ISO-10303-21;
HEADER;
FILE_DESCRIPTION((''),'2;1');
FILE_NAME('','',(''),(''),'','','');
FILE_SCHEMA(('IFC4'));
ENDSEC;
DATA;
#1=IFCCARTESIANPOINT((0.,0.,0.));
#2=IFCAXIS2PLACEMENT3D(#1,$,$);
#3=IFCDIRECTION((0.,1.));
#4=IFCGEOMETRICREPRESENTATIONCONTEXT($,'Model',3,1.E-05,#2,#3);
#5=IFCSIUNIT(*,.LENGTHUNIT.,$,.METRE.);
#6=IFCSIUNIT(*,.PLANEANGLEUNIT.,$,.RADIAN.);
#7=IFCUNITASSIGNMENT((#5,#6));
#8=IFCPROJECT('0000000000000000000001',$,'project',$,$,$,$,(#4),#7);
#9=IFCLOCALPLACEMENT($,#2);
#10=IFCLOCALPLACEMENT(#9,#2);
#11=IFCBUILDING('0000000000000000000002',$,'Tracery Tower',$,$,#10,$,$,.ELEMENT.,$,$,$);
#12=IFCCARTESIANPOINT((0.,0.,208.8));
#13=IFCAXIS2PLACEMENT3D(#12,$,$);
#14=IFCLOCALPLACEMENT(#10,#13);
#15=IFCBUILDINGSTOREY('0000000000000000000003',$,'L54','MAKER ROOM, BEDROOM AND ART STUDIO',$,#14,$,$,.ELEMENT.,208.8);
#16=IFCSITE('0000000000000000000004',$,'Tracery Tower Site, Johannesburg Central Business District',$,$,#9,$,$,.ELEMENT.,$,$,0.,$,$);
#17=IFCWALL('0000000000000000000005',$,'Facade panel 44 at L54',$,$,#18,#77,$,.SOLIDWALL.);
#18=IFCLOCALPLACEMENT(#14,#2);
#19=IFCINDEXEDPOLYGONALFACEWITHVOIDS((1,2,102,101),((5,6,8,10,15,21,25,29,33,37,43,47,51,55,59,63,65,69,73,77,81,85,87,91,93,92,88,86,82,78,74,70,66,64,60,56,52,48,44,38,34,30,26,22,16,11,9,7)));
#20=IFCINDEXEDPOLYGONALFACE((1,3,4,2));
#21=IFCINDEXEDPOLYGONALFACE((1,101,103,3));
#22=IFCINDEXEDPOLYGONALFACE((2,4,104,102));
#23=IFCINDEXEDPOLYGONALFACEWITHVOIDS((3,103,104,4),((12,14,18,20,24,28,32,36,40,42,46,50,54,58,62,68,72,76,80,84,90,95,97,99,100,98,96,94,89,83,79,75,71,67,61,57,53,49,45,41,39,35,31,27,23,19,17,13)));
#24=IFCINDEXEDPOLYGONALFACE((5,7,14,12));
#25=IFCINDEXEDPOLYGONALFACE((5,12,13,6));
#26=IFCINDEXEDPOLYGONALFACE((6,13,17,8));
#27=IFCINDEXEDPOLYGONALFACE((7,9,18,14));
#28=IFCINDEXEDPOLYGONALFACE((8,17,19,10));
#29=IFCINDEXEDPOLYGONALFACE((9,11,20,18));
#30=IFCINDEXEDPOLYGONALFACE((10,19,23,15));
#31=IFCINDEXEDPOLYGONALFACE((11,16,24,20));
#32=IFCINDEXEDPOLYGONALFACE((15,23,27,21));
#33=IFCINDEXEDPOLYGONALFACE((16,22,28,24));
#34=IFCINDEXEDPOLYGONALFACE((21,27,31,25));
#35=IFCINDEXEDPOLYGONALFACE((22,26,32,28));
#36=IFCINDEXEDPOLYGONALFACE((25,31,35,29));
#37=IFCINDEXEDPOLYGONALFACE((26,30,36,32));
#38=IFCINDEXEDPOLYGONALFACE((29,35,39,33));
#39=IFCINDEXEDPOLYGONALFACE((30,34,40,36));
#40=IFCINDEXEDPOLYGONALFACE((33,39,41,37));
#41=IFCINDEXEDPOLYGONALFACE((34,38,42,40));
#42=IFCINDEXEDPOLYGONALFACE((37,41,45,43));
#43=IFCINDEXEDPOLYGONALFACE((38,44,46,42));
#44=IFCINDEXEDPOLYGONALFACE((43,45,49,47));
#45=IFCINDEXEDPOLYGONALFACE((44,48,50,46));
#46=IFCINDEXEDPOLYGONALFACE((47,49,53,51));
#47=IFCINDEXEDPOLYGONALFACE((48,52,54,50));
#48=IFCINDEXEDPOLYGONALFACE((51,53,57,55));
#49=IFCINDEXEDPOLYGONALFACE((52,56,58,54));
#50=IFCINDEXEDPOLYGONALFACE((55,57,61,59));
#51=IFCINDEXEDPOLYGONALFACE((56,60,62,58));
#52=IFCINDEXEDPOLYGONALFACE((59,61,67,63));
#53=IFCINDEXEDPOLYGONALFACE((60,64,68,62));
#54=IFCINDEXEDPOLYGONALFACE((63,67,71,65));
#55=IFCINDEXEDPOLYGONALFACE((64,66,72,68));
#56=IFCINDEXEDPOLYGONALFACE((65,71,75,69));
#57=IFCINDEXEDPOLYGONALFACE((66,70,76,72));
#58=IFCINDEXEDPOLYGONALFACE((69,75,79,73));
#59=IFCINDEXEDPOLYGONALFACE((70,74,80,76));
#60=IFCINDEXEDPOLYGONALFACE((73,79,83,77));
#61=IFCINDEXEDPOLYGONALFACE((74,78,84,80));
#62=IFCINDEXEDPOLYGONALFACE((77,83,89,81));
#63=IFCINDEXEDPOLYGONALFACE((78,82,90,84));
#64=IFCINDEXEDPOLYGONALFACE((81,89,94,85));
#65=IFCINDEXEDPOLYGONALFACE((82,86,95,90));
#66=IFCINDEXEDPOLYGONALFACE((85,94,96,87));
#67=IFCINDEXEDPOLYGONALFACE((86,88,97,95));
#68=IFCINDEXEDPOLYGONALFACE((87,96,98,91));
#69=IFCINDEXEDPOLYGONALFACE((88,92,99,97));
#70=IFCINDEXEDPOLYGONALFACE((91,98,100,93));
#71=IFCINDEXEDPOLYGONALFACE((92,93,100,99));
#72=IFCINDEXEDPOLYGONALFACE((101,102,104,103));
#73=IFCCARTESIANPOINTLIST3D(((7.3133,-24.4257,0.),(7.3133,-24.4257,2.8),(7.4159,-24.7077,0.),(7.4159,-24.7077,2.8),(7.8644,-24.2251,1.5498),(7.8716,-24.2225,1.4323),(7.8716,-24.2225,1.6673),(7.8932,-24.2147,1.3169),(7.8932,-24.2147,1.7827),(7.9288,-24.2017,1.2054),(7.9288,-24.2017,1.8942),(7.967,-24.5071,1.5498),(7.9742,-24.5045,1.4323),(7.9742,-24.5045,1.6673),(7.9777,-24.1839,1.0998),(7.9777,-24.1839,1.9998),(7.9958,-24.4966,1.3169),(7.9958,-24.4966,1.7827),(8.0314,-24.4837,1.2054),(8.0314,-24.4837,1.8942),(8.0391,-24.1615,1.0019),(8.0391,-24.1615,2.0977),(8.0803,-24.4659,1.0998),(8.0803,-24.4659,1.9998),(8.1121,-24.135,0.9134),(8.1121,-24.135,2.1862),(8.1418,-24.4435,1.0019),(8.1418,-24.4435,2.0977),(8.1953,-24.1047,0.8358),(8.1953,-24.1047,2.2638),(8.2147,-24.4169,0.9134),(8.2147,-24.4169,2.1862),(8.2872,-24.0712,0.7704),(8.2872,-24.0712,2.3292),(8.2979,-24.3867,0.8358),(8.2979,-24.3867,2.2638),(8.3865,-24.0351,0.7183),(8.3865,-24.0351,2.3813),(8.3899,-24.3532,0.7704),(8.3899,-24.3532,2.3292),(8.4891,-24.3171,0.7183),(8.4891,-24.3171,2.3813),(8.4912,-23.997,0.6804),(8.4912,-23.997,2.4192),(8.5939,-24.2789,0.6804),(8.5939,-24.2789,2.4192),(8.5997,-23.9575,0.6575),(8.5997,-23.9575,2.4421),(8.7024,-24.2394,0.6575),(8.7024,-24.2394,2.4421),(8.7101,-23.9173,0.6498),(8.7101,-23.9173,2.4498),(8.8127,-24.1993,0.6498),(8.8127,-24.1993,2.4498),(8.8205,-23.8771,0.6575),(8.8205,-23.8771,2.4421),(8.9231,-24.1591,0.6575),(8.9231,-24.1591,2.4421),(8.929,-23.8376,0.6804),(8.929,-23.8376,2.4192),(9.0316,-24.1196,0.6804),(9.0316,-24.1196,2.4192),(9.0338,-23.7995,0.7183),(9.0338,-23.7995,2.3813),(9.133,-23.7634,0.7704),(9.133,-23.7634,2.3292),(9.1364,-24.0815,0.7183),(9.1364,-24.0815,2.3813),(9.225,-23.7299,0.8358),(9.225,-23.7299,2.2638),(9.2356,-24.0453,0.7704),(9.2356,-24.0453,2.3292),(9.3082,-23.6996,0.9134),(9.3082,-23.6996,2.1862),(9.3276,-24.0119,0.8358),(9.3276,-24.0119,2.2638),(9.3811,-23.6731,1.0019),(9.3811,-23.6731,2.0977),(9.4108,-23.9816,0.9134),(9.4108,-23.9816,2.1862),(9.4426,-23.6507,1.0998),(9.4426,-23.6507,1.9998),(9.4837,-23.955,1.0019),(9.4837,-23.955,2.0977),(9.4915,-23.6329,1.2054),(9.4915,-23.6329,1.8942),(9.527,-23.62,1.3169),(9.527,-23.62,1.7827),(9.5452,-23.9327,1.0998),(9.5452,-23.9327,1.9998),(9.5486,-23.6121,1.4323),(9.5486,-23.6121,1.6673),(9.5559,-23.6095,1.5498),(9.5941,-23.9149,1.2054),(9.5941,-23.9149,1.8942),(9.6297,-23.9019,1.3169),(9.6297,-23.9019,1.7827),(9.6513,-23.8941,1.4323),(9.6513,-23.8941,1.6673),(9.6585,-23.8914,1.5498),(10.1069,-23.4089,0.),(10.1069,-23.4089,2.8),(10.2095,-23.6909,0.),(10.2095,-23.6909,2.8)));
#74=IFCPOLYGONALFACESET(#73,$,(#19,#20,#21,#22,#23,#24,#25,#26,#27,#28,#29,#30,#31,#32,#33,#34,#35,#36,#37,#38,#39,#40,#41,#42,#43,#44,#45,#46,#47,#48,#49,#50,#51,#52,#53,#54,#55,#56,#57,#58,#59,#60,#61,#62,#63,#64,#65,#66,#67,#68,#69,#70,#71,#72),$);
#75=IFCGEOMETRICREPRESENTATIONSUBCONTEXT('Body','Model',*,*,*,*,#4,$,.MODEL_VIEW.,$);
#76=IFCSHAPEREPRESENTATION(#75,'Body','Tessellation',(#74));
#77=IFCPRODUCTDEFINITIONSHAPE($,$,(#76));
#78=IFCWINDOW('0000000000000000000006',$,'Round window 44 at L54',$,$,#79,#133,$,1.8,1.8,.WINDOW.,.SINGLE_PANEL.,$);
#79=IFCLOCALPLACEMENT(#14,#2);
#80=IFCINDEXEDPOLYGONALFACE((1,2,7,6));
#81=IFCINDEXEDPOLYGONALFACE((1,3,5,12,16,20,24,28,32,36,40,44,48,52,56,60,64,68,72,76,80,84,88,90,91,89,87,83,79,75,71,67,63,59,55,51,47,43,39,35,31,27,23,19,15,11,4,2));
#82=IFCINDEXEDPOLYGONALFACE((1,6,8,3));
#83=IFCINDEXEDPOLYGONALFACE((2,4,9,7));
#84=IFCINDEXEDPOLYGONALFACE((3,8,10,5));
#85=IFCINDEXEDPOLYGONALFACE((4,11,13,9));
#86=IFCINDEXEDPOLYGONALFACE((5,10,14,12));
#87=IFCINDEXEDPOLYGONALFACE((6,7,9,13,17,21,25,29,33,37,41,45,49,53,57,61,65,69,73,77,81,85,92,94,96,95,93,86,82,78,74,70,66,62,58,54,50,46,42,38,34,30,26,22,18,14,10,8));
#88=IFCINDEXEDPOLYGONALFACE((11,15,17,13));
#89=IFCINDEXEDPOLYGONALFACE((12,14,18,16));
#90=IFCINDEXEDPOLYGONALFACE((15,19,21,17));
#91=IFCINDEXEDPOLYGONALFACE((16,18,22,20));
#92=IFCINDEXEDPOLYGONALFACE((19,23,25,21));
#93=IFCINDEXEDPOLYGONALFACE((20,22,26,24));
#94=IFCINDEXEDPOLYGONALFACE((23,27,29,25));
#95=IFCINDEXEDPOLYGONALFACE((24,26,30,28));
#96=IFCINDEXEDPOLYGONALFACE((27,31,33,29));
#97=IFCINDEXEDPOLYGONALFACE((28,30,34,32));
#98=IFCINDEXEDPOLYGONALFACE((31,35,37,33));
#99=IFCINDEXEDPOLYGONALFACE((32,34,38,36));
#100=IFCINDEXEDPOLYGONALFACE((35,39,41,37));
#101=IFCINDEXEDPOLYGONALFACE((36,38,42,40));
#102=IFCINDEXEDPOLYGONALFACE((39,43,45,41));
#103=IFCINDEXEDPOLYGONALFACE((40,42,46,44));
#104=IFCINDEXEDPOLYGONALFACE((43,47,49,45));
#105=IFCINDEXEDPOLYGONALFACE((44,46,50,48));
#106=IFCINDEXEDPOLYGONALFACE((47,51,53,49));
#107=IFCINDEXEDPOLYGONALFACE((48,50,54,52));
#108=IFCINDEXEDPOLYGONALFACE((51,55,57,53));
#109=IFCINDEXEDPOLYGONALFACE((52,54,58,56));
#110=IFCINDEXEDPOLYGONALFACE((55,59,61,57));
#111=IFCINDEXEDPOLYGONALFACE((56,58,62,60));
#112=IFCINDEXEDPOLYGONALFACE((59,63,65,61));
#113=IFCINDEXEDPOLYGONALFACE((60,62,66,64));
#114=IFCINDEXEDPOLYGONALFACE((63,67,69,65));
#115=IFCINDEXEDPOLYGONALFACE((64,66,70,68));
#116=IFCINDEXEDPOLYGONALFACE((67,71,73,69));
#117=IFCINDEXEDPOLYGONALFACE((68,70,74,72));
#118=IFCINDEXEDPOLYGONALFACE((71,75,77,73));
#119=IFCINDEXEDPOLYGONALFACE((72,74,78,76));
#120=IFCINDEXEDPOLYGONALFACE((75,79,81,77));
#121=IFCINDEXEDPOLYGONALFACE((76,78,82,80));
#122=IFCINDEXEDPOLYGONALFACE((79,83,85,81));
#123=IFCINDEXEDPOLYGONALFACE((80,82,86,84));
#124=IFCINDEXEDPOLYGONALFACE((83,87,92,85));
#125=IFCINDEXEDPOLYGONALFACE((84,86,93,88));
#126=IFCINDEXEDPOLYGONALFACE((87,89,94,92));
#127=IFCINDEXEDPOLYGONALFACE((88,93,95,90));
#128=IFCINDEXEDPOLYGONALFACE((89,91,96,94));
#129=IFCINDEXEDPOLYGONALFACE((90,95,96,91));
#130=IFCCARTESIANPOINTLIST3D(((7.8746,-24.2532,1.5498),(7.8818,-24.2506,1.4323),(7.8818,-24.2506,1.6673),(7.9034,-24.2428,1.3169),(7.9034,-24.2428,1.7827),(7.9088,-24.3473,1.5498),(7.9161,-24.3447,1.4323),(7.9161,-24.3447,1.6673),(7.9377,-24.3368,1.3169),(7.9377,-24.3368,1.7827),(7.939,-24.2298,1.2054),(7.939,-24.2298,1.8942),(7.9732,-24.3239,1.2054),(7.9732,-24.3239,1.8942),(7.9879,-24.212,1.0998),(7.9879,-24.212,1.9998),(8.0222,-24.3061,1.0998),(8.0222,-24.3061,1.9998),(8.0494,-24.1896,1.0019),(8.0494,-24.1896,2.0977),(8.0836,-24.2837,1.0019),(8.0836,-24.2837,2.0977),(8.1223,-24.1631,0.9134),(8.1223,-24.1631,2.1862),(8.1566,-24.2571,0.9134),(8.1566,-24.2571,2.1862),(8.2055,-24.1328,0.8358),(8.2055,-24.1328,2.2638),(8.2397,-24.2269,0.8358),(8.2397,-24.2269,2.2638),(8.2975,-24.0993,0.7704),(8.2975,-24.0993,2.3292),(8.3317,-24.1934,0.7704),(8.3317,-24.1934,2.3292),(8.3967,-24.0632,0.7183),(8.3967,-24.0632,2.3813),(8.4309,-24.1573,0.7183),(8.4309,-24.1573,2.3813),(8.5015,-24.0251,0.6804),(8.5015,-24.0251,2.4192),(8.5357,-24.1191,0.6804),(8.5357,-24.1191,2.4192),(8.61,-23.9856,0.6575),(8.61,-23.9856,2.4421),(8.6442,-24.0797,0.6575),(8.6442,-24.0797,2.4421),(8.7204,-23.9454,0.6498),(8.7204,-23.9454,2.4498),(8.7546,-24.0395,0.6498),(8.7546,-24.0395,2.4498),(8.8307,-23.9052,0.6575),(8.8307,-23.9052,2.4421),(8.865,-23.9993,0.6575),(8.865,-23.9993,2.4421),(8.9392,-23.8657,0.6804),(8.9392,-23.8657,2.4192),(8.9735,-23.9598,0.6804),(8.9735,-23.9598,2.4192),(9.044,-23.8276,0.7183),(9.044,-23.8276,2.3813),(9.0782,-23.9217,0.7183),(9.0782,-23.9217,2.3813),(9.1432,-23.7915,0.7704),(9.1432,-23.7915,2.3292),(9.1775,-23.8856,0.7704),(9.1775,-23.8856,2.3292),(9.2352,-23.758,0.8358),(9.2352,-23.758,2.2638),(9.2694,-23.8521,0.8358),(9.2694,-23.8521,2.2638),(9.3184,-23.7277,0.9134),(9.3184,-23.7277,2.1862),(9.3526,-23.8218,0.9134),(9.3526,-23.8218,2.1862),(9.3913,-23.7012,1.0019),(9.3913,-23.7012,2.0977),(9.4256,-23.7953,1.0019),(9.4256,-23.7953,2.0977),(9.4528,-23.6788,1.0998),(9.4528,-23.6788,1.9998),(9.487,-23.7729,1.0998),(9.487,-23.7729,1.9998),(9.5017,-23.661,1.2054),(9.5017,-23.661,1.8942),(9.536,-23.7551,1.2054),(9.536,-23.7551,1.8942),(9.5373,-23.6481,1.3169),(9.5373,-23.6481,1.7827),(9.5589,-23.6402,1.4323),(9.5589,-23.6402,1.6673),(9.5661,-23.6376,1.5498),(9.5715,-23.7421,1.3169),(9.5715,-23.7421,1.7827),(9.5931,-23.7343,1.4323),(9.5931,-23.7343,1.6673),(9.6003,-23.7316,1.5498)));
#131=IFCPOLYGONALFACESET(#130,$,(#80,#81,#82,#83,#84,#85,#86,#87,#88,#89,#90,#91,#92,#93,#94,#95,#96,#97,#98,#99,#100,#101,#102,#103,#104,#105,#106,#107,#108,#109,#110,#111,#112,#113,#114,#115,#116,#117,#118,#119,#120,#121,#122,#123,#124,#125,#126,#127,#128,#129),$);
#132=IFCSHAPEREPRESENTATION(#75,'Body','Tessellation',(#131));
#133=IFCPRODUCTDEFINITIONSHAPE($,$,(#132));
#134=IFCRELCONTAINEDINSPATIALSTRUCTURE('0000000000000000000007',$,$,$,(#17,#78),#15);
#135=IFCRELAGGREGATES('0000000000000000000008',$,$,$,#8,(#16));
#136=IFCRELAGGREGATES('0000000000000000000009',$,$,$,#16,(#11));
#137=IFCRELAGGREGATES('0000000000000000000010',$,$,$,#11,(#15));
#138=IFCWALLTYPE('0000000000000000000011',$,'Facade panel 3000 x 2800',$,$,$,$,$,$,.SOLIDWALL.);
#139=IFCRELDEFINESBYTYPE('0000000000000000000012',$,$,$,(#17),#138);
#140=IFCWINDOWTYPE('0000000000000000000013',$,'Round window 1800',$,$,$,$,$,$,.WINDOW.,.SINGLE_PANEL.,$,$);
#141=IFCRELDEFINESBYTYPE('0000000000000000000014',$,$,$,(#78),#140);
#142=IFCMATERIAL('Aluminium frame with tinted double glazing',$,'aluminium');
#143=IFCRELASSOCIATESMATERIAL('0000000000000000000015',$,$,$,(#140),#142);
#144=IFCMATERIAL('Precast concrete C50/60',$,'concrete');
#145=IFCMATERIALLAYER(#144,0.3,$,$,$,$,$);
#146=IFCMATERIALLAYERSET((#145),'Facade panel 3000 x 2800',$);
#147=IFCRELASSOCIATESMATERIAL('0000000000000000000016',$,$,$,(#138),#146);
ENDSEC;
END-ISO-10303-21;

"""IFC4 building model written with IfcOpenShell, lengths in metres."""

from ifc_helpers import new_model, si_unit, direction, frame, frame_2d, origin, origin_2d, place, context, subcontext, project, spatial, rectangle, circle, extrude, material, layer, layer_set, type_object, element, fill, save


model = new_model("IFC4")

# Units and contexts
model_context = context("Model", 3, precision=1e-05, world=origin(), true_north=direction((0.0, 1.0)))
body_context = subcontext(model_context, "Body", "Model", "MODEL_VIEW")
ifc_project = project(units=[si_unit("LENGTHUNIT", "METRE"), si_unit("PLANEANGLEUNIT", "RADIAN")], contexts=[model_context])

# Site, building, storey
site_placement = place(None, origin())
site = spatial("IfcSite", under=ifc_project, at=site_placement, Name="Tracery Tower Site, Johannesburg Central Business District", CompositionType="ELEMENT", RefElevation=0.0)
building_placement = place(site_placement, origin())
building = spatial("IfcBuilding", under=site, at=building_placement, Name="Tracery Tower", CompositionType="ELEMENT")
storey_placement = place(building_placement, frame((0.0, 0.0, 208.8)))
storey = spatial("IfcBuildingStorey", under=building, at=storey_placement, Name="L54", Description="MAKER ROOM, BEDROOM AND ART STUDIO", CompositionType="ELEMENT", Elevation=208.8)

# Wall, opening, window
ifc_material_1 = material(Name="Aluminium frame with tinted double glazing", Category="aluminium")
window_type = type_object("IfcWindowType", Name="Round window 1800", PartitioningType="SINGLE_PANEL", PredefinedType="WINDOW", material=ifc_material_1)
ifc_material_2 = material(Name="Precast concrete C50/60", Category="concrete")
ifc_layer_1 = layer(ifc_material_2, 0.3)
ifc_layer_set_1 = layer_set([ifc_layer_1], Name="Facade panel 3000 x 2800")
wall_type_1 = type_object("IfcWallType", Name="Facade panel 3000 x 2800", PredefinedType="SOLIDWALL", material=ifc_layer_set_1)
wall_1_placement = place(storey_placement, frame((7.3647, -24.5667, 0.0), z_axis=(0.0, 0.0, 1.0), x_axis=(0.93969, 0.342027, 0.0)))
wall_1 = element("IfcWall", 1, at=wall_1_placement, inside=storey, type_object=wall_type_1, Name="Facade panel 44 at L54", PredefinedType="SOLIDWALL", context=body_context, shape_type="SweptSolid", body=[
    extrude(rectangle(XDim=2.9729, YDim=0.3, at=frame_2d((1.4863, 0.0))), origin(), (0.0, 0.0, 1.0), 2.8),
])
opening_1_placement = place(wall_1_placement, frame((1.4863, 0.0, 1.5498)))
opening_1 = element("IfcOpeningElement", 2, at=opening_1_placement, cuts=wall_1, PredefinedType="OPENING", context=body_context, shape_type="SweptSolid", body=[
    extrude(circle(Radius=0.9, at=origin_2d()), frame((0.0, 0.1599, 0.0), z_axis=(0.0, -1.0, 0.0), x_axis=(1.0, 0.0, 0.0)), (0.0, 0.0, 1.0), 0.3201),
])
window_1_placement = place(opening_1_placement, origin())
window_1 = element("IfcWindow", 3, at=window_1_placement, inside=storey, type_object=window_type, Name="Round window 44 at L54", OverallHeight=1.8, OverallWidth=1.8, PartitioningType="SINGLE_PANEL", PredefinedType="WINDOW", context=body_context, shape_type="SweptSolid", body=[
    extrude(circle(Radius=0.9, at=origin_2d()), frame((0.0, 0.1201, 0.0), z_axis=(0.0, -1.0, 0.0), x_axis=(1.0, 0.0, 0.0)), (0.0, 0.0, 1.0), 0.1001),
])
fill(opening_1, window_1)

save(model, "model.ifc")
